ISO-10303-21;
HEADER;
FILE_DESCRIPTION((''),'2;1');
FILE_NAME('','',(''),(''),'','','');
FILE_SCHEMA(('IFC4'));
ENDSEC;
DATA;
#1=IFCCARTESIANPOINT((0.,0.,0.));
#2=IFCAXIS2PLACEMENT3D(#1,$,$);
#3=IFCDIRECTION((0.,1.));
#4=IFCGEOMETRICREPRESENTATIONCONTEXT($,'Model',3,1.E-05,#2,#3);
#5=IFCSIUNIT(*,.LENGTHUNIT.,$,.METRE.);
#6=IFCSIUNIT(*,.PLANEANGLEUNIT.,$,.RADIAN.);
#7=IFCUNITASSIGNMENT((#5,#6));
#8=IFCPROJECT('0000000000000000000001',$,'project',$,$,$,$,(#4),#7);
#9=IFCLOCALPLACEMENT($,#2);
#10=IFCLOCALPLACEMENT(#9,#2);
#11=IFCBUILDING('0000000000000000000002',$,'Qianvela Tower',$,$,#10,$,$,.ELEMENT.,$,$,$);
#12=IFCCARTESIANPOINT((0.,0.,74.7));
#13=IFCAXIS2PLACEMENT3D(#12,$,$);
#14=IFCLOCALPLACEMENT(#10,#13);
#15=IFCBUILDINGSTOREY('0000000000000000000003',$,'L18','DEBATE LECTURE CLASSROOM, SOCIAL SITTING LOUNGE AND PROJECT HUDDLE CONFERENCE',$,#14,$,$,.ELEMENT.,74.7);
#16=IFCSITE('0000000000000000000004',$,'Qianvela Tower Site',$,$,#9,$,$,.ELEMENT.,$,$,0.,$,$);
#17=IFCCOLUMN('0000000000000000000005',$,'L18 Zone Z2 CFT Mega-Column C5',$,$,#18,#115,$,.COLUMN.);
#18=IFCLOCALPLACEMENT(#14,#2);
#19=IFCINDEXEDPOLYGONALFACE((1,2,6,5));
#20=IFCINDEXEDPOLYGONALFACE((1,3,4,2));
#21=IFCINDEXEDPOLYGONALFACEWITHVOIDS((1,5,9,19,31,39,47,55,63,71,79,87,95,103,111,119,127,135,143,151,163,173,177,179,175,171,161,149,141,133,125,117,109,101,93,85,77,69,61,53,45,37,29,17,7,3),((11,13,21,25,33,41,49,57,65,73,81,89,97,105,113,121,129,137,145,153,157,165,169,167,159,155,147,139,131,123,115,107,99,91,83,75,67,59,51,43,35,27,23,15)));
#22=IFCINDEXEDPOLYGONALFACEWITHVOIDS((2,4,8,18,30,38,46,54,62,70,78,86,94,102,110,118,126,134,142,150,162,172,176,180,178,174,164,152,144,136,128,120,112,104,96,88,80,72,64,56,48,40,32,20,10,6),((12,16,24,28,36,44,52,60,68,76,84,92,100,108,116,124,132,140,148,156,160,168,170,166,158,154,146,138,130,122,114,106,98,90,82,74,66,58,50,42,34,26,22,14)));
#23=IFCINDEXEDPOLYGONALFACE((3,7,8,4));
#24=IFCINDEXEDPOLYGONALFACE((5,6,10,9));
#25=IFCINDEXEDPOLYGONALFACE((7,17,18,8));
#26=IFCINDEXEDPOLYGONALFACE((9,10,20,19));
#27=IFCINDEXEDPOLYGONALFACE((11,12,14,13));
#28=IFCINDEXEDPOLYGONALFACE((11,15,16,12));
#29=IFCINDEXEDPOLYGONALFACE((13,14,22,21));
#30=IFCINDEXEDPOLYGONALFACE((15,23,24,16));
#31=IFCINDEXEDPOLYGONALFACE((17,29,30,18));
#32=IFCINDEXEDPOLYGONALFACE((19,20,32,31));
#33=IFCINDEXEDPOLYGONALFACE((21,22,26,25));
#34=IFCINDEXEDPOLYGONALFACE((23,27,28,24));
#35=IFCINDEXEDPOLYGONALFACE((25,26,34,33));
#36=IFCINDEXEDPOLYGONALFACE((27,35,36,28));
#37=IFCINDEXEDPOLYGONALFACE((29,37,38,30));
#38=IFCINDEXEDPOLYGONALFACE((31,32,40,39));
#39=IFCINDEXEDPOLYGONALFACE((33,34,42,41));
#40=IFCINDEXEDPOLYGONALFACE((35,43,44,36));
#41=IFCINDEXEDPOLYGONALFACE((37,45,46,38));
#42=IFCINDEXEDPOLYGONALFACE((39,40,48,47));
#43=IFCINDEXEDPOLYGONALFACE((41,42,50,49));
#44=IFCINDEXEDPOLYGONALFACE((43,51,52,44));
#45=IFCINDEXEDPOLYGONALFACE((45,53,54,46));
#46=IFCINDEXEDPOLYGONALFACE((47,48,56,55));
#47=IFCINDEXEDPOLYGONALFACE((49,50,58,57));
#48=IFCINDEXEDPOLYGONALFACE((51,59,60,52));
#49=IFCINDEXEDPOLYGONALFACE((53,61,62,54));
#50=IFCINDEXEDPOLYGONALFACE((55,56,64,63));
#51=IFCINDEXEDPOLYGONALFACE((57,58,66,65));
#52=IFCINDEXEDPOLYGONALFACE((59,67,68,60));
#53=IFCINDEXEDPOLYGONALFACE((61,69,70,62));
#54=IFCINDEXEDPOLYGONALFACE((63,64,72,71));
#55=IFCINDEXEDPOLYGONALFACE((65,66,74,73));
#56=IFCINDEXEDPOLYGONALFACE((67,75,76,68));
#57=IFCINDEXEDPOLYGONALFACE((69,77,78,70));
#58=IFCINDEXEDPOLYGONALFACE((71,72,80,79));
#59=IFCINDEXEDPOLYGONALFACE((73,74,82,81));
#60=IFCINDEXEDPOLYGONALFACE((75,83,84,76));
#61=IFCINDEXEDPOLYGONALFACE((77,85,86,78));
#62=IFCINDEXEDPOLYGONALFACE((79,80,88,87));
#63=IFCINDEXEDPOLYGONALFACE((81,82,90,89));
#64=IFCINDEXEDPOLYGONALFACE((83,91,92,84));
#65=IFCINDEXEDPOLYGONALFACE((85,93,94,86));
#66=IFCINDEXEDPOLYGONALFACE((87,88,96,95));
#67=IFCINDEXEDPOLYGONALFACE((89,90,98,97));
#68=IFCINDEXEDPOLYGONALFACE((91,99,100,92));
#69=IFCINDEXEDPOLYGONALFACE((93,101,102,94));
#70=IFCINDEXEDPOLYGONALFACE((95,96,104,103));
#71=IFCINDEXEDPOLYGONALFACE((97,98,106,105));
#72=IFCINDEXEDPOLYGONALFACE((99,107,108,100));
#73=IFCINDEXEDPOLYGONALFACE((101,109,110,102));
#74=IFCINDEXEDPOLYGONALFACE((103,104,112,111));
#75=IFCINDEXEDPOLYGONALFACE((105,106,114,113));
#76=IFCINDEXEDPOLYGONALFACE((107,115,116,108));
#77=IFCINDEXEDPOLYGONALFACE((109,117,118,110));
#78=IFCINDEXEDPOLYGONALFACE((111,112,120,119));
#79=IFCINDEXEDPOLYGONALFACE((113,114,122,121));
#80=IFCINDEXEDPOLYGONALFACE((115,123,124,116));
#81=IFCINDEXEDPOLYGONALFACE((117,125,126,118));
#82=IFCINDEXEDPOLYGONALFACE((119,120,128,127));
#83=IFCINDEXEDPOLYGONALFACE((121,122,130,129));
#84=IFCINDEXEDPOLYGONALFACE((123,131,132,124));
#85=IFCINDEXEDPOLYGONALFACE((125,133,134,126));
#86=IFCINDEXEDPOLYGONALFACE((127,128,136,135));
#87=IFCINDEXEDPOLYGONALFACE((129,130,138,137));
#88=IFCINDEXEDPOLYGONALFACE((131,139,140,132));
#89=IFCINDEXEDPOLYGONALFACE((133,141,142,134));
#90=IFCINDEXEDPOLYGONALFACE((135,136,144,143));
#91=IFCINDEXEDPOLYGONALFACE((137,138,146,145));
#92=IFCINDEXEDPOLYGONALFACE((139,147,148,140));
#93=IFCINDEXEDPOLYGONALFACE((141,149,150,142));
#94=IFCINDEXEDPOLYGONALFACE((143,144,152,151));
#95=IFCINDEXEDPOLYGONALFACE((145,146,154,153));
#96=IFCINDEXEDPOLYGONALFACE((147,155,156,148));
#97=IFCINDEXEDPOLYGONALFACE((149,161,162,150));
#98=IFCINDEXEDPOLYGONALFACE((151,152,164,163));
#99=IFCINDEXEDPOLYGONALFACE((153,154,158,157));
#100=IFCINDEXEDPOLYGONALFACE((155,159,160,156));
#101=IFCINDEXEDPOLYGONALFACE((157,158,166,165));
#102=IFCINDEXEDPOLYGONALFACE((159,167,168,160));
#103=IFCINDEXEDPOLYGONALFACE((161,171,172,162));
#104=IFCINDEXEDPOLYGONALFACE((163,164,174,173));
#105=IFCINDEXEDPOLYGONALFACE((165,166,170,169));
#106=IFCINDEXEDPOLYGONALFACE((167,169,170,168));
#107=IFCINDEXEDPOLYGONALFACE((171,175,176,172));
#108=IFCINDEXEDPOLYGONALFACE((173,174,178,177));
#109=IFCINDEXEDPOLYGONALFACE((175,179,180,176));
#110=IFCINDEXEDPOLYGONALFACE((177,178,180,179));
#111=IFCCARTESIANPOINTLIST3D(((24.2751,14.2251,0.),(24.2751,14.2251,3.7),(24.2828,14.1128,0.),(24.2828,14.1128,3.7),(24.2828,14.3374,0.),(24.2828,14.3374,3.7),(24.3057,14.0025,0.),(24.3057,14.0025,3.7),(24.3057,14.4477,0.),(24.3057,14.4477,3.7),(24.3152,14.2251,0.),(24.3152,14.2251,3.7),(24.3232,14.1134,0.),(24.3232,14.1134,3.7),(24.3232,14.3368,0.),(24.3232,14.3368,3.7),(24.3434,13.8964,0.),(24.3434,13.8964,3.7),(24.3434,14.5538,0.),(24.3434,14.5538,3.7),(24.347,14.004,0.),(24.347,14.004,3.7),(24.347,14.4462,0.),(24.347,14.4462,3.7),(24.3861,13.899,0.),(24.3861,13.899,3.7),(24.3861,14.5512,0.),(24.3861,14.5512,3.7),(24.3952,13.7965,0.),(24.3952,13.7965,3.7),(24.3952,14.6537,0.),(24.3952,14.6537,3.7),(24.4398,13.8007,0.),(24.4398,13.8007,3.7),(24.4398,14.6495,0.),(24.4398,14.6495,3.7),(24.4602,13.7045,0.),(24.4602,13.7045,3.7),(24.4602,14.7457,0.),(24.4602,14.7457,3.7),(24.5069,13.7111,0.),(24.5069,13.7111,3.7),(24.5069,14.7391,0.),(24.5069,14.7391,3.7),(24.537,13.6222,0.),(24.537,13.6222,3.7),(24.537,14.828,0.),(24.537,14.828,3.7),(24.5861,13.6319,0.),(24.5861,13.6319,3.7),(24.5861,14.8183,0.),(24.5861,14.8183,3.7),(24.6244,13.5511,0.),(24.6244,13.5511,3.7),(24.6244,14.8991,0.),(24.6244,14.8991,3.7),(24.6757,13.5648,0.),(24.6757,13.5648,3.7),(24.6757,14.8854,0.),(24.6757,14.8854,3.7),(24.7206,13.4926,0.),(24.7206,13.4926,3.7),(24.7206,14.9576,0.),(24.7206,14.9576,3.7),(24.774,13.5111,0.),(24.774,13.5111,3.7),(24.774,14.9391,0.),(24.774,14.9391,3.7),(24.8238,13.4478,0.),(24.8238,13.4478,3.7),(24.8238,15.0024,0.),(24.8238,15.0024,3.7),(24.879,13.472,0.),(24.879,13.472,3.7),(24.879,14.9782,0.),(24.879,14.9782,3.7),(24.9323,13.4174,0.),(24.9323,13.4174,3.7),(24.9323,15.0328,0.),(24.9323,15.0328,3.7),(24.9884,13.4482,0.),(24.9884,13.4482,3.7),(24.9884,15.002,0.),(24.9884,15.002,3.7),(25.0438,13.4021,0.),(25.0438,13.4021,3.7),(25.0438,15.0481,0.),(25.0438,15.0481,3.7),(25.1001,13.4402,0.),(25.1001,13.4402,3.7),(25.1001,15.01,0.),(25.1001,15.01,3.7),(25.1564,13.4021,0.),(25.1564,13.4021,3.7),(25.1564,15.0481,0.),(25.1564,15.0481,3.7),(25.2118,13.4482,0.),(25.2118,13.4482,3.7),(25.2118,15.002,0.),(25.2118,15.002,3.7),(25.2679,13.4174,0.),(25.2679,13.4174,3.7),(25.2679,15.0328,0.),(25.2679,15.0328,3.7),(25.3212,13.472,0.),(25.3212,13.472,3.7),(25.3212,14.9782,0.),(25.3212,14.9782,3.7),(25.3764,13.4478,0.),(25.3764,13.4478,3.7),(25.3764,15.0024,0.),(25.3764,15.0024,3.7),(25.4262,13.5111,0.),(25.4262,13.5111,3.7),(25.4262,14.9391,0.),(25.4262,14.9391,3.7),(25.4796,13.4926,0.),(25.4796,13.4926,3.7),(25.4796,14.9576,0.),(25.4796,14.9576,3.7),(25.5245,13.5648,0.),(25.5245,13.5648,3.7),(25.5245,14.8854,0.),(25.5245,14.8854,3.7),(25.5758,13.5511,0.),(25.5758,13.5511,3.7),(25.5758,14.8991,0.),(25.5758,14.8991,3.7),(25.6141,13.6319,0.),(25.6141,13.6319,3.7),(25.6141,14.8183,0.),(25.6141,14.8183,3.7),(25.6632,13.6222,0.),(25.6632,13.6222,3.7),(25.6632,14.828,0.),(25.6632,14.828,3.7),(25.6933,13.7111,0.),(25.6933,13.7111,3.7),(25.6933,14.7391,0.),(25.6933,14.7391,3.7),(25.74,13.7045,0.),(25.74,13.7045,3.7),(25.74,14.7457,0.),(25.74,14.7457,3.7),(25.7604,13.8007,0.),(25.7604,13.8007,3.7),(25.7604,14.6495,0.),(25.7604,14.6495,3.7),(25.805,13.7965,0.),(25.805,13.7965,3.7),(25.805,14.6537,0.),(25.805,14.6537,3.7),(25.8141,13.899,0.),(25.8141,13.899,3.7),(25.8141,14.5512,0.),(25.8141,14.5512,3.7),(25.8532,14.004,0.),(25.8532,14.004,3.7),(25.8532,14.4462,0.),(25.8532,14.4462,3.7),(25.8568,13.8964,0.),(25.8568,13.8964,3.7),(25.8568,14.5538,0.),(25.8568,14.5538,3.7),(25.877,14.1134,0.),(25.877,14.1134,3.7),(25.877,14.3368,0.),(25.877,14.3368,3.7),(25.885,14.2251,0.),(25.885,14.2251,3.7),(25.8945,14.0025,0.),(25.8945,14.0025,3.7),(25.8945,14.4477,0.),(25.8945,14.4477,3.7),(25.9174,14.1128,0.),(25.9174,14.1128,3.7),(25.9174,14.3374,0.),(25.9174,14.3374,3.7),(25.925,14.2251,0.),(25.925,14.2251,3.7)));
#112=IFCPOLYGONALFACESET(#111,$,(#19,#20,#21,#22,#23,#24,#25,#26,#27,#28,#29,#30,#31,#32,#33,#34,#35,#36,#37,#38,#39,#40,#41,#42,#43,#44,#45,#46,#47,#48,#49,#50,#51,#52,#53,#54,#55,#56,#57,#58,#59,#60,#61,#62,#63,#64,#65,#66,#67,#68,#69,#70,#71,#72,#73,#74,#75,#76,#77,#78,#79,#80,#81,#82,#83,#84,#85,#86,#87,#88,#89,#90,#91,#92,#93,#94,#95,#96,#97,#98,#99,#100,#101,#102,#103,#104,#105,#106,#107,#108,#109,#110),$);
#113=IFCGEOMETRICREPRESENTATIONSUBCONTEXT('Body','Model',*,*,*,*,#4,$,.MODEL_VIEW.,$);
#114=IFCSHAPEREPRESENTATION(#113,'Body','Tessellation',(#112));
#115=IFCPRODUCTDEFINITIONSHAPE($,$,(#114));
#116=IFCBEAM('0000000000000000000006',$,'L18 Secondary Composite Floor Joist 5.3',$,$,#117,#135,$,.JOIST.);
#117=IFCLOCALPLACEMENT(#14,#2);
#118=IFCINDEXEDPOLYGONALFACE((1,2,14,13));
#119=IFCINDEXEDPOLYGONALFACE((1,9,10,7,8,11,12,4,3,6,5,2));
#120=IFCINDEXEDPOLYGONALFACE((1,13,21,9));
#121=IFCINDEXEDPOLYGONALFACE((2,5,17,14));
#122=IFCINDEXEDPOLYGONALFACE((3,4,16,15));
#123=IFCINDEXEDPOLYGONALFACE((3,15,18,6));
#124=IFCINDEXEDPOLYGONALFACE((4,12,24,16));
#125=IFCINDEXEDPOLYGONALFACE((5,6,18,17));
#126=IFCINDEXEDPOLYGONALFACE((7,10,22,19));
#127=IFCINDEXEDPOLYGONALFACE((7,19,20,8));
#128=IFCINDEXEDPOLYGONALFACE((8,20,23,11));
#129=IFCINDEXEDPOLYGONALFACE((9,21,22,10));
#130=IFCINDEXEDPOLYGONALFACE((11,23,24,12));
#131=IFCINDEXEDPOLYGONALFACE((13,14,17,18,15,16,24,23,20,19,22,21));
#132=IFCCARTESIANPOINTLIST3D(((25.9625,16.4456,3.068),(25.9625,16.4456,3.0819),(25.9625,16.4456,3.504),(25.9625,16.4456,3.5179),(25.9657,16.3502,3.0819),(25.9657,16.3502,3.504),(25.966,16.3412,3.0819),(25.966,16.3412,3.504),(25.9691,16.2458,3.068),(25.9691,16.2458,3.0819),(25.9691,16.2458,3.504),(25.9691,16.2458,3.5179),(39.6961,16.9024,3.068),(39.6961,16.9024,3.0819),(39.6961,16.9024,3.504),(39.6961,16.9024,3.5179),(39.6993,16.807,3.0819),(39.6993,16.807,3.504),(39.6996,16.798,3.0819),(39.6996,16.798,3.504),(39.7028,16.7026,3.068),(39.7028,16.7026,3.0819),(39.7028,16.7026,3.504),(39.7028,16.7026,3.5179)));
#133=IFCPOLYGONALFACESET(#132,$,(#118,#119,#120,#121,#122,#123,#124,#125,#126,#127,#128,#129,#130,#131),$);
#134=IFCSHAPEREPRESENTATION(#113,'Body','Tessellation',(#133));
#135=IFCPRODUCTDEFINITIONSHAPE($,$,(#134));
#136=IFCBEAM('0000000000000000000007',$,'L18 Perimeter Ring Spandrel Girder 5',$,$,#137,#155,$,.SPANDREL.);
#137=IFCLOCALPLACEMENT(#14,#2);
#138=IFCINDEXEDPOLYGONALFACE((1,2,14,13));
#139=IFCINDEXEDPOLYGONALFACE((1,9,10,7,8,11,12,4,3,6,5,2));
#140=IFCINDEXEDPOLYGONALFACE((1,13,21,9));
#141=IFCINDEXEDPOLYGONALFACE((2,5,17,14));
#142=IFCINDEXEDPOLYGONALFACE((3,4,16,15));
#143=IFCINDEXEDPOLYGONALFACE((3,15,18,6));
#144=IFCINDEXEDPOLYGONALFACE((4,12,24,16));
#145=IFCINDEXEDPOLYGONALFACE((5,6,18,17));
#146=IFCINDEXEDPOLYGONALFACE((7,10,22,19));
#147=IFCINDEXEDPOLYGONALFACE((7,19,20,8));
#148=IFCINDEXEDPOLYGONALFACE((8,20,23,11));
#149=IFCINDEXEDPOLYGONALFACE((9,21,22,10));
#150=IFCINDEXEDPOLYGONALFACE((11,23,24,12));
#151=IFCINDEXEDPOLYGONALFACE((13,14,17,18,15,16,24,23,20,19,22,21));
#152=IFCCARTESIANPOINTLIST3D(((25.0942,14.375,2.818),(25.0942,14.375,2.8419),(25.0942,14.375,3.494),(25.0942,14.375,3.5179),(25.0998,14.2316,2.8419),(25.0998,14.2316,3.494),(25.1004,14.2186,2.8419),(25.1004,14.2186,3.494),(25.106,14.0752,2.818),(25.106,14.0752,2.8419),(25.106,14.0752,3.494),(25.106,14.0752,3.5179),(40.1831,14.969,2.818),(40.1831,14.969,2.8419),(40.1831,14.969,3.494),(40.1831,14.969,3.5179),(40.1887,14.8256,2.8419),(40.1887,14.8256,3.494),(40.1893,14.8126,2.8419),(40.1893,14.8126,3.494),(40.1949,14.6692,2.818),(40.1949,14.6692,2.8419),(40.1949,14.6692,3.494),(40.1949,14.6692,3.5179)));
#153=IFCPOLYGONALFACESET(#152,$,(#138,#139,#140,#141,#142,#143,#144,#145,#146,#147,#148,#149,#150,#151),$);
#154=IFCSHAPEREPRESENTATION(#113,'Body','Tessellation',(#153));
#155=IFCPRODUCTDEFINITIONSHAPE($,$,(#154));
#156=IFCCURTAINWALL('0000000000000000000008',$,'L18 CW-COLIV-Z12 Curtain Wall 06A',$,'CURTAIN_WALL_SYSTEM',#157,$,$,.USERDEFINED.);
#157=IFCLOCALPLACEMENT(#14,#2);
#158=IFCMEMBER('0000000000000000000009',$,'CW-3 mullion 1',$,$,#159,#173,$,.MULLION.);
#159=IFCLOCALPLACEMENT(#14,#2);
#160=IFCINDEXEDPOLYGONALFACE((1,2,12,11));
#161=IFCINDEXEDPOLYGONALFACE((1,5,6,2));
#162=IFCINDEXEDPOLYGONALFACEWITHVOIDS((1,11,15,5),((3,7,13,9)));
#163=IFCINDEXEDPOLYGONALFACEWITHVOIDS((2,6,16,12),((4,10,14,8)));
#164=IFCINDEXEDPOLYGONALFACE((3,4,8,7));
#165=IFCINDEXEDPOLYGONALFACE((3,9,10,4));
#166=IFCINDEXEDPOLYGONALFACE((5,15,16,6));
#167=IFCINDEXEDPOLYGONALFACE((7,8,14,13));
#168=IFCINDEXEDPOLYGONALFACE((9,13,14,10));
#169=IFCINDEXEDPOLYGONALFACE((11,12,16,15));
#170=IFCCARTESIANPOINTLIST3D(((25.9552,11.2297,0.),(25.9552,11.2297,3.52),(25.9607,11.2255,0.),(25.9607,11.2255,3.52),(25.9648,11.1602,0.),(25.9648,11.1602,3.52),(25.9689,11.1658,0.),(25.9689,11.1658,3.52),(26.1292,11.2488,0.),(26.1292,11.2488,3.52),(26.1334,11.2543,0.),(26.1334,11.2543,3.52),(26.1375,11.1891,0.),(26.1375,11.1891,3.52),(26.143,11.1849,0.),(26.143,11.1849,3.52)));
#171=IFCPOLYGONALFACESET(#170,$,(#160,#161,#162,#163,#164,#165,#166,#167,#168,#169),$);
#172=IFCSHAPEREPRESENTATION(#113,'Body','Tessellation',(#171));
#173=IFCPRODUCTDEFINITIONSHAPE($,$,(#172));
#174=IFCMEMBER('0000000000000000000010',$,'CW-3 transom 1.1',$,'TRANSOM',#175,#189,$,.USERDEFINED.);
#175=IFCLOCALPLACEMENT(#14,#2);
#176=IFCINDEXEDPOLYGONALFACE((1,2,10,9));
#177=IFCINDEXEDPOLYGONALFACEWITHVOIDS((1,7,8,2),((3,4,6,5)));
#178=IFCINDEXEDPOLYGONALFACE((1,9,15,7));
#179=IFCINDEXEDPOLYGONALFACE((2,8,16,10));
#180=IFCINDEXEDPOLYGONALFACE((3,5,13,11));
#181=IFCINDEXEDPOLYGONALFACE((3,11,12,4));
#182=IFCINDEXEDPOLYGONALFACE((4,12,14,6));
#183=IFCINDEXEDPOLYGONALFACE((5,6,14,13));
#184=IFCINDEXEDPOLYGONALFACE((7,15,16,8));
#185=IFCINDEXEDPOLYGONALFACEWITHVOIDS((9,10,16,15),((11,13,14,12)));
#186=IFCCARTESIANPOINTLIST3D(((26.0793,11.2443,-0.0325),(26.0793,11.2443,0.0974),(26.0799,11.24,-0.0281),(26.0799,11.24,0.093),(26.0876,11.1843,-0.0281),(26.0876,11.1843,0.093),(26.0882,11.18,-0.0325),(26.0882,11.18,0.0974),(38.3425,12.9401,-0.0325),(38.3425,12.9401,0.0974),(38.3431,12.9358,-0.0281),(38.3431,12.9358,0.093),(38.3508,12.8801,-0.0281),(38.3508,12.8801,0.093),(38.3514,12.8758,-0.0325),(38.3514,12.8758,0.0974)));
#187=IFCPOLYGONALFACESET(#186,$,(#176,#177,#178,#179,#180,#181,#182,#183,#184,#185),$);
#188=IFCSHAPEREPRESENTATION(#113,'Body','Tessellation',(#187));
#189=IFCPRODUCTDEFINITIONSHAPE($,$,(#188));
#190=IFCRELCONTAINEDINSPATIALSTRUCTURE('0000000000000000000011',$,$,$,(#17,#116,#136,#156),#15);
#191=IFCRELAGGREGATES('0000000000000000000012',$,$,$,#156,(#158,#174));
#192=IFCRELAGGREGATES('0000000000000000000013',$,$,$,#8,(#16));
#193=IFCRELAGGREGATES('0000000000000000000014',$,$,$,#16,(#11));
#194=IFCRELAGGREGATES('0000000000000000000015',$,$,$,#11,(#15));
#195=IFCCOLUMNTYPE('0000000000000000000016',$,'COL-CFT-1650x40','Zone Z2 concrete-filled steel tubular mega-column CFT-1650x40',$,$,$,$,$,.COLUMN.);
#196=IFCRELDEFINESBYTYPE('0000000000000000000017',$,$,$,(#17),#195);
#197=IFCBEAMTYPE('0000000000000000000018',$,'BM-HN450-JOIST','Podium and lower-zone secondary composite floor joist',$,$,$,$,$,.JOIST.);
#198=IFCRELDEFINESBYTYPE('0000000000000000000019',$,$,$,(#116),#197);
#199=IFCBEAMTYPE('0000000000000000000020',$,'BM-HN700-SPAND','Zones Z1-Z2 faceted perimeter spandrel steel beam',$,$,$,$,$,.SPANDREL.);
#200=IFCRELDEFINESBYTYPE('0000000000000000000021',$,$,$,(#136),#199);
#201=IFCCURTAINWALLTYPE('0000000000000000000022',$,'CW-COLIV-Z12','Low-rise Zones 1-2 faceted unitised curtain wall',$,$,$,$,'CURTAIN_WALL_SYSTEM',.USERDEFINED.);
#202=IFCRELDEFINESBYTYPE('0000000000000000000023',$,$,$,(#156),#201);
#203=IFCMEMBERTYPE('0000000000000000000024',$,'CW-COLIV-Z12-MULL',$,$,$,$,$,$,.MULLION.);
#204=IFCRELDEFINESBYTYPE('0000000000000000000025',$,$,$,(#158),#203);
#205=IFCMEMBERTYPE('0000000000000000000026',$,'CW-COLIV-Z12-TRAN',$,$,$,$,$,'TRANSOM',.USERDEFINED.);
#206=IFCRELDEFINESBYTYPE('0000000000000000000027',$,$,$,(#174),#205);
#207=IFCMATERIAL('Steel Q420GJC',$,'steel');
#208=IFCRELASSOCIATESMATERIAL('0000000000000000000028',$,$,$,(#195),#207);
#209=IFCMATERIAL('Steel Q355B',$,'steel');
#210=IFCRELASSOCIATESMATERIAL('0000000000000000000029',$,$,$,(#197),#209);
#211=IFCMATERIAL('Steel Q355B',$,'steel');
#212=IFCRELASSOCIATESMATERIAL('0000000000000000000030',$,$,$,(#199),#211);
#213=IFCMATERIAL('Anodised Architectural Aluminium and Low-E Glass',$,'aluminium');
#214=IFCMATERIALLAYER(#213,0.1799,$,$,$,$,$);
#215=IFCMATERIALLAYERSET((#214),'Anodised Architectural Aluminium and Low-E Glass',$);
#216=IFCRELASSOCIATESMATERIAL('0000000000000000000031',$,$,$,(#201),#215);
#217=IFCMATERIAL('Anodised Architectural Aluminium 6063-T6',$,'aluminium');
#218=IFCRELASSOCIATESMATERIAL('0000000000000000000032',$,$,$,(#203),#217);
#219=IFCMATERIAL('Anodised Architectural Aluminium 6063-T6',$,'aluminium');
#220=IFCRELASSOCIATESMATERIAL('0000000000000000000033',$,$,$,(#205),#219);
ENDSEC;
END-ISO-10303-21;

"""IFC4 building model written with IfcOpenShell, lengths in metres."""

from ifc_helpers import new_model, si_unit, direction, frame, origin, origin_2d, place, context, subcontext, project, spatial, hollow_rectangle, hollow_circle, i_section, extrude, material, layer, layer_set, material_profile, profile_set, type_object, element, aggregate, save


model = new_model("IFC4")

# Units and contexts
model_context = context("Model", 3, precision=1e-05, world=origin(), true_north=direction((0.0, 1.0)))
body_context = subcontext(model_context, "Body", "Model", "MODEL_VIEW")
ifc_project = project(units=[si_unit("LENGTHUNIT", "METRE"), si_unit("PLANEANGLEUNIT", "RADIAN")], contexts=[model_context])

# Site, building, storey
site_placement = place(None, origin())
site = spatial("IfcSite", under=ifc_project, at=site_placement, Name="Qianvela Tower Site", CompositionType="ELEMENT", RefElevation=0.0)
building_placement = place(site_placement, origin())
building = spatial("IfcBuilding", under=site, at=building_placement, Name="Qianvela Tower", CompositionType="ELEMENT")
storey_placement = place(building_placement, frame((0.0, 0.0, 74.7)))
storey = spatial("IfcBuildingStorey", under=building, at=storey_placement, Name="L18", Description="DEBATE LECTURE CLASSROOM, SOCIAL SITTING LOUNGE AND PROJECT HUDDLE CONFERENCE", CompositionType="ELEMENT", Elevation=74.7)

# Column
ifc_material_1 = material(Name="Steel Q420GJC", Category="steel")
ifc_material_profile_1 = material_profile(ifc_material_1, hollow_circle(Radius=0.825, WallThickness=0.04, at=origin_2d()), Name="CFT-1650x40")
ifc_profile_set_1 = profile_set([ifc_material_profile_1], Name="Steel Q420GJC")
column_type = type_object("IfcColumnType", Name="COL-CFT-1650x40", Description="Zone Z2 concrete-filled steel tubular mega-column CFT-1650x40", PredefinedType="COLUMN", material=ifc_profile_set_1)
for number, where, z_axis, x_axis, name in (
    (1, (25.1001, 14.2251, 0.0), (0.0, 0.0, 1.0), (1.0, 0.0, 0.0), "L18 Zone Z2 CFT Mega-Column C5"),
):
    element("IfcColumn", number, at=place(storey_placement, frame(where, z_axis=z_axis, x_axis=x_axis)), inside=storey, type_object=column_type, Name=name, PredefinedType="COLUMN", context=body_context, shape_type="SweptSolid", body=[
        extrude(hollow_circle(Radius=0.825, WallThickness=0.04, at=origin_2d()), origin(), (0.0, 0.0, 1.0), 3.7),
    ])

# Beams
ifc_material_2 = material(Name="Steel Q355B", Category="steel")
ifc_material_profile_2 = material_profile(ifc_material_2, i_section(OverallWidth=0.2, OverallDepth=0.45, WebThickness=0.009, FlangeThickness=0.0139, at=origin_2d()), Name="HN450x200x9x14")
ifc_profile_set_2 = profile_set([ifc_material_profile_2], Name="Steel Q355B")
beam_type_1 = type_object("IfcBeamType", Name="BM-HN450-JOIST", Description="Podium and lower-zone secondary composite floor joist", PredefinedType="JOIST", material=ifc_profile_set_2)
beam_1_placement = place(storey_placement, frame((25.9658, 16.3457, 3.293), z_axis=(0.999447, 0.033242, 0.0), x_axis=(-0.033242, 0.999447, 0.0)))
element("IfcBeam", 2, at=beam_1_placement, inside=storey, type_object=beam_type_1, Name="L18 Secondary Composite Floor Joist 5.3", PredefinedType="JOIST", context=body_context, shape_type="SweptSolid", body=[
    extrude(i_section(OverallWidth=0.2, OverallDepth=0.45, WebThickness=0.009, FlangeThickness=0.0139, at=origin_2d()), origin(), (0.0, 0.0, 1.0), 13.7412),
])
ifc_material_3 = material(Name="Steel Q355B", Category="steel")
ifc_material_profile_3 = material_profile(ifc_material_3, i_section(OverallWidth=0.3, OverallDepth=0.7, WebThickness=0.0129, FlangeThickness=0.0239, at=origin_2d()), Name="HN700x300x13x24")
ifc_profile_set_3 = profile_set([ifc_material_profile_3], Name="Steel Q355B")
beam_type_2 = type_object("IfcBeamType", Name="BM-HN700-SPAND", Description="Zones Z1-Z2 faceted perimeter spandrel steel beam", PredefinedType="SPANDREL", material=ifc_profile_set_3)
beam_2_placement = place(storey_placement, frame((25.1001, 14.2251, 3.168), z_axis=(0.999226, 0.039336, 0.0), x_axis=(-0.039336, 0.999226, 0.0)))
element("IfcBeam", 3, at=beam_2_placement, inside=storey, type_object=beam_type_2, Name="L18 Perimeter Ring Spandrel Girder 5", PredefinedType="SPANDREL", context=body_context, shape_type="SweptSolid", body=[
    extrude(i_section(OverallWidth=0.3, OverallDepth=0.7, WebThickness=0.0129, FlangeThickness=0.0239, at=origin_2d()), origin(), (0.0, 0.0, 1.0), 15.1006),
])

# Curtain wall, members
ifc_material_4 = material(Name="Anodised Architectural Aluminium and Low-E Glass", Category="aluminium")
ifc_layer_1 = layer(ifc_material_4, 0.1799)
ifc_layer_set_1 = layer_set([ifc_layer_1], Name="Anodised Architectural Aluminium and Low-E Glass")
curtain_wall_type = type_object("IfcCurtainWallType", Name="CW-COLIV-Z12", Description="Low-rise Zones 1-2 faceted unitised curtain wall", ElementType="CURTAIN_WALL_SYSTEM", PredefinedType="USERDEFINED", material=ifc_layer_set_1)
curtain_wall_placement = place(storey_placement, origin())
curtain_wall = element("IfcCurtainWall", 4, at=curtain_wall_placement, inside=storey, type_object=curtain_wall_type, Name="L18 CW-COLIV-Z12 Curtain Wall 06A", ObjectType="CURTAIN_WALL_SYSTEM", PredefinedType="USERDEFINED")
ifc_material_5 = material(Name="Anodised Architectural Aluminium 6063-T6", Category="aluminium")
ifc_material_profile_4 = material_profile(ifc_material_5, hollow_rectangle(XDim=0.0701, YDim=0.1799, WallThickness=0.0049, at=origin_2d()), Name="ALU-MULL-70x180")
ifc_profile_set_4 = profile_set([ifc_material_profile_4], Name="Anodised Architectural Aluminium 6063-T6")
member_type_1 = type_object("IfcMemberType", Name="CW-COLIV-Z12-MULL", PredefinedType="MULLION", material=ifc_profile_set_4)
member_1_placement = place(storey_placement, frame((26.0491, 11.2073, 0.0), z_axis=(0.0, 0.0, 1.0), x_axis=(-0.136981, 0.990574, 0.0)))
member_1 = element("IfcMember", 5, at=member_1_placement, type_object=member_type_1, Name="CW-3 mullion 1", PredefinedType="MULLION", context=body_context, shape_type="SweptSolid", body=[
    extrude(hollow_rectangle(XDim=0.0701, YDim=0.1799, WallThickness=0.0049, at=origin_2d()), origin(), (0.0, 0.0, 1.0), 3.52),
])
ifc_material_6 = material(Name="Anodised Architectural Aluminium 6063-T6", Category="aluminium")
ifc_material_profile_5 = material_profile(ifc_material_6, hollow_rectangle(XDim=0.0649, YDim=0.1299, WallThickness=0.0044, at=origin_2d()), Name="ALU-TRAN-65x130")
ifc_profile_set_5 = profile_set([ifc_material_profile_5], Name="Anodised Architectural Aluminium 6063-T6")
member_type_2 = type_object("IfcMemberType", Name="CW-COLIV-Z12-TRAN", ElementType="TRANSOM", PredefinedType="USERDEFINED", material=ifc_profile_set_5)
member_2_placement = place(storey_placement, frame((26.0837, 11.2122, 0.0325), z_axis=(0.990574, 0.13698, 0.0), x_axis=(-0.13698, 0.990574, 0.0)))
member_2 = element("IfcMember", 6, at=member_2_placement, type_object=member_type_2, Name="CW-3 transom 1.1", ObjectType="TRANSOM", PredefinedType="USERDEFINED", context=body_context, shape_type="SweptSolid", body=[
    extrude(hollow_rectangle(XDim=0.0649, YDim=0.1299, WallThickness=0.0044, at=origin_2d()), origin(), (0.0, 0.0, 1.0), 12.3799),
])
aggregate(curtain_wall, [member_1, member_2])

save(model, "model.ifc")
